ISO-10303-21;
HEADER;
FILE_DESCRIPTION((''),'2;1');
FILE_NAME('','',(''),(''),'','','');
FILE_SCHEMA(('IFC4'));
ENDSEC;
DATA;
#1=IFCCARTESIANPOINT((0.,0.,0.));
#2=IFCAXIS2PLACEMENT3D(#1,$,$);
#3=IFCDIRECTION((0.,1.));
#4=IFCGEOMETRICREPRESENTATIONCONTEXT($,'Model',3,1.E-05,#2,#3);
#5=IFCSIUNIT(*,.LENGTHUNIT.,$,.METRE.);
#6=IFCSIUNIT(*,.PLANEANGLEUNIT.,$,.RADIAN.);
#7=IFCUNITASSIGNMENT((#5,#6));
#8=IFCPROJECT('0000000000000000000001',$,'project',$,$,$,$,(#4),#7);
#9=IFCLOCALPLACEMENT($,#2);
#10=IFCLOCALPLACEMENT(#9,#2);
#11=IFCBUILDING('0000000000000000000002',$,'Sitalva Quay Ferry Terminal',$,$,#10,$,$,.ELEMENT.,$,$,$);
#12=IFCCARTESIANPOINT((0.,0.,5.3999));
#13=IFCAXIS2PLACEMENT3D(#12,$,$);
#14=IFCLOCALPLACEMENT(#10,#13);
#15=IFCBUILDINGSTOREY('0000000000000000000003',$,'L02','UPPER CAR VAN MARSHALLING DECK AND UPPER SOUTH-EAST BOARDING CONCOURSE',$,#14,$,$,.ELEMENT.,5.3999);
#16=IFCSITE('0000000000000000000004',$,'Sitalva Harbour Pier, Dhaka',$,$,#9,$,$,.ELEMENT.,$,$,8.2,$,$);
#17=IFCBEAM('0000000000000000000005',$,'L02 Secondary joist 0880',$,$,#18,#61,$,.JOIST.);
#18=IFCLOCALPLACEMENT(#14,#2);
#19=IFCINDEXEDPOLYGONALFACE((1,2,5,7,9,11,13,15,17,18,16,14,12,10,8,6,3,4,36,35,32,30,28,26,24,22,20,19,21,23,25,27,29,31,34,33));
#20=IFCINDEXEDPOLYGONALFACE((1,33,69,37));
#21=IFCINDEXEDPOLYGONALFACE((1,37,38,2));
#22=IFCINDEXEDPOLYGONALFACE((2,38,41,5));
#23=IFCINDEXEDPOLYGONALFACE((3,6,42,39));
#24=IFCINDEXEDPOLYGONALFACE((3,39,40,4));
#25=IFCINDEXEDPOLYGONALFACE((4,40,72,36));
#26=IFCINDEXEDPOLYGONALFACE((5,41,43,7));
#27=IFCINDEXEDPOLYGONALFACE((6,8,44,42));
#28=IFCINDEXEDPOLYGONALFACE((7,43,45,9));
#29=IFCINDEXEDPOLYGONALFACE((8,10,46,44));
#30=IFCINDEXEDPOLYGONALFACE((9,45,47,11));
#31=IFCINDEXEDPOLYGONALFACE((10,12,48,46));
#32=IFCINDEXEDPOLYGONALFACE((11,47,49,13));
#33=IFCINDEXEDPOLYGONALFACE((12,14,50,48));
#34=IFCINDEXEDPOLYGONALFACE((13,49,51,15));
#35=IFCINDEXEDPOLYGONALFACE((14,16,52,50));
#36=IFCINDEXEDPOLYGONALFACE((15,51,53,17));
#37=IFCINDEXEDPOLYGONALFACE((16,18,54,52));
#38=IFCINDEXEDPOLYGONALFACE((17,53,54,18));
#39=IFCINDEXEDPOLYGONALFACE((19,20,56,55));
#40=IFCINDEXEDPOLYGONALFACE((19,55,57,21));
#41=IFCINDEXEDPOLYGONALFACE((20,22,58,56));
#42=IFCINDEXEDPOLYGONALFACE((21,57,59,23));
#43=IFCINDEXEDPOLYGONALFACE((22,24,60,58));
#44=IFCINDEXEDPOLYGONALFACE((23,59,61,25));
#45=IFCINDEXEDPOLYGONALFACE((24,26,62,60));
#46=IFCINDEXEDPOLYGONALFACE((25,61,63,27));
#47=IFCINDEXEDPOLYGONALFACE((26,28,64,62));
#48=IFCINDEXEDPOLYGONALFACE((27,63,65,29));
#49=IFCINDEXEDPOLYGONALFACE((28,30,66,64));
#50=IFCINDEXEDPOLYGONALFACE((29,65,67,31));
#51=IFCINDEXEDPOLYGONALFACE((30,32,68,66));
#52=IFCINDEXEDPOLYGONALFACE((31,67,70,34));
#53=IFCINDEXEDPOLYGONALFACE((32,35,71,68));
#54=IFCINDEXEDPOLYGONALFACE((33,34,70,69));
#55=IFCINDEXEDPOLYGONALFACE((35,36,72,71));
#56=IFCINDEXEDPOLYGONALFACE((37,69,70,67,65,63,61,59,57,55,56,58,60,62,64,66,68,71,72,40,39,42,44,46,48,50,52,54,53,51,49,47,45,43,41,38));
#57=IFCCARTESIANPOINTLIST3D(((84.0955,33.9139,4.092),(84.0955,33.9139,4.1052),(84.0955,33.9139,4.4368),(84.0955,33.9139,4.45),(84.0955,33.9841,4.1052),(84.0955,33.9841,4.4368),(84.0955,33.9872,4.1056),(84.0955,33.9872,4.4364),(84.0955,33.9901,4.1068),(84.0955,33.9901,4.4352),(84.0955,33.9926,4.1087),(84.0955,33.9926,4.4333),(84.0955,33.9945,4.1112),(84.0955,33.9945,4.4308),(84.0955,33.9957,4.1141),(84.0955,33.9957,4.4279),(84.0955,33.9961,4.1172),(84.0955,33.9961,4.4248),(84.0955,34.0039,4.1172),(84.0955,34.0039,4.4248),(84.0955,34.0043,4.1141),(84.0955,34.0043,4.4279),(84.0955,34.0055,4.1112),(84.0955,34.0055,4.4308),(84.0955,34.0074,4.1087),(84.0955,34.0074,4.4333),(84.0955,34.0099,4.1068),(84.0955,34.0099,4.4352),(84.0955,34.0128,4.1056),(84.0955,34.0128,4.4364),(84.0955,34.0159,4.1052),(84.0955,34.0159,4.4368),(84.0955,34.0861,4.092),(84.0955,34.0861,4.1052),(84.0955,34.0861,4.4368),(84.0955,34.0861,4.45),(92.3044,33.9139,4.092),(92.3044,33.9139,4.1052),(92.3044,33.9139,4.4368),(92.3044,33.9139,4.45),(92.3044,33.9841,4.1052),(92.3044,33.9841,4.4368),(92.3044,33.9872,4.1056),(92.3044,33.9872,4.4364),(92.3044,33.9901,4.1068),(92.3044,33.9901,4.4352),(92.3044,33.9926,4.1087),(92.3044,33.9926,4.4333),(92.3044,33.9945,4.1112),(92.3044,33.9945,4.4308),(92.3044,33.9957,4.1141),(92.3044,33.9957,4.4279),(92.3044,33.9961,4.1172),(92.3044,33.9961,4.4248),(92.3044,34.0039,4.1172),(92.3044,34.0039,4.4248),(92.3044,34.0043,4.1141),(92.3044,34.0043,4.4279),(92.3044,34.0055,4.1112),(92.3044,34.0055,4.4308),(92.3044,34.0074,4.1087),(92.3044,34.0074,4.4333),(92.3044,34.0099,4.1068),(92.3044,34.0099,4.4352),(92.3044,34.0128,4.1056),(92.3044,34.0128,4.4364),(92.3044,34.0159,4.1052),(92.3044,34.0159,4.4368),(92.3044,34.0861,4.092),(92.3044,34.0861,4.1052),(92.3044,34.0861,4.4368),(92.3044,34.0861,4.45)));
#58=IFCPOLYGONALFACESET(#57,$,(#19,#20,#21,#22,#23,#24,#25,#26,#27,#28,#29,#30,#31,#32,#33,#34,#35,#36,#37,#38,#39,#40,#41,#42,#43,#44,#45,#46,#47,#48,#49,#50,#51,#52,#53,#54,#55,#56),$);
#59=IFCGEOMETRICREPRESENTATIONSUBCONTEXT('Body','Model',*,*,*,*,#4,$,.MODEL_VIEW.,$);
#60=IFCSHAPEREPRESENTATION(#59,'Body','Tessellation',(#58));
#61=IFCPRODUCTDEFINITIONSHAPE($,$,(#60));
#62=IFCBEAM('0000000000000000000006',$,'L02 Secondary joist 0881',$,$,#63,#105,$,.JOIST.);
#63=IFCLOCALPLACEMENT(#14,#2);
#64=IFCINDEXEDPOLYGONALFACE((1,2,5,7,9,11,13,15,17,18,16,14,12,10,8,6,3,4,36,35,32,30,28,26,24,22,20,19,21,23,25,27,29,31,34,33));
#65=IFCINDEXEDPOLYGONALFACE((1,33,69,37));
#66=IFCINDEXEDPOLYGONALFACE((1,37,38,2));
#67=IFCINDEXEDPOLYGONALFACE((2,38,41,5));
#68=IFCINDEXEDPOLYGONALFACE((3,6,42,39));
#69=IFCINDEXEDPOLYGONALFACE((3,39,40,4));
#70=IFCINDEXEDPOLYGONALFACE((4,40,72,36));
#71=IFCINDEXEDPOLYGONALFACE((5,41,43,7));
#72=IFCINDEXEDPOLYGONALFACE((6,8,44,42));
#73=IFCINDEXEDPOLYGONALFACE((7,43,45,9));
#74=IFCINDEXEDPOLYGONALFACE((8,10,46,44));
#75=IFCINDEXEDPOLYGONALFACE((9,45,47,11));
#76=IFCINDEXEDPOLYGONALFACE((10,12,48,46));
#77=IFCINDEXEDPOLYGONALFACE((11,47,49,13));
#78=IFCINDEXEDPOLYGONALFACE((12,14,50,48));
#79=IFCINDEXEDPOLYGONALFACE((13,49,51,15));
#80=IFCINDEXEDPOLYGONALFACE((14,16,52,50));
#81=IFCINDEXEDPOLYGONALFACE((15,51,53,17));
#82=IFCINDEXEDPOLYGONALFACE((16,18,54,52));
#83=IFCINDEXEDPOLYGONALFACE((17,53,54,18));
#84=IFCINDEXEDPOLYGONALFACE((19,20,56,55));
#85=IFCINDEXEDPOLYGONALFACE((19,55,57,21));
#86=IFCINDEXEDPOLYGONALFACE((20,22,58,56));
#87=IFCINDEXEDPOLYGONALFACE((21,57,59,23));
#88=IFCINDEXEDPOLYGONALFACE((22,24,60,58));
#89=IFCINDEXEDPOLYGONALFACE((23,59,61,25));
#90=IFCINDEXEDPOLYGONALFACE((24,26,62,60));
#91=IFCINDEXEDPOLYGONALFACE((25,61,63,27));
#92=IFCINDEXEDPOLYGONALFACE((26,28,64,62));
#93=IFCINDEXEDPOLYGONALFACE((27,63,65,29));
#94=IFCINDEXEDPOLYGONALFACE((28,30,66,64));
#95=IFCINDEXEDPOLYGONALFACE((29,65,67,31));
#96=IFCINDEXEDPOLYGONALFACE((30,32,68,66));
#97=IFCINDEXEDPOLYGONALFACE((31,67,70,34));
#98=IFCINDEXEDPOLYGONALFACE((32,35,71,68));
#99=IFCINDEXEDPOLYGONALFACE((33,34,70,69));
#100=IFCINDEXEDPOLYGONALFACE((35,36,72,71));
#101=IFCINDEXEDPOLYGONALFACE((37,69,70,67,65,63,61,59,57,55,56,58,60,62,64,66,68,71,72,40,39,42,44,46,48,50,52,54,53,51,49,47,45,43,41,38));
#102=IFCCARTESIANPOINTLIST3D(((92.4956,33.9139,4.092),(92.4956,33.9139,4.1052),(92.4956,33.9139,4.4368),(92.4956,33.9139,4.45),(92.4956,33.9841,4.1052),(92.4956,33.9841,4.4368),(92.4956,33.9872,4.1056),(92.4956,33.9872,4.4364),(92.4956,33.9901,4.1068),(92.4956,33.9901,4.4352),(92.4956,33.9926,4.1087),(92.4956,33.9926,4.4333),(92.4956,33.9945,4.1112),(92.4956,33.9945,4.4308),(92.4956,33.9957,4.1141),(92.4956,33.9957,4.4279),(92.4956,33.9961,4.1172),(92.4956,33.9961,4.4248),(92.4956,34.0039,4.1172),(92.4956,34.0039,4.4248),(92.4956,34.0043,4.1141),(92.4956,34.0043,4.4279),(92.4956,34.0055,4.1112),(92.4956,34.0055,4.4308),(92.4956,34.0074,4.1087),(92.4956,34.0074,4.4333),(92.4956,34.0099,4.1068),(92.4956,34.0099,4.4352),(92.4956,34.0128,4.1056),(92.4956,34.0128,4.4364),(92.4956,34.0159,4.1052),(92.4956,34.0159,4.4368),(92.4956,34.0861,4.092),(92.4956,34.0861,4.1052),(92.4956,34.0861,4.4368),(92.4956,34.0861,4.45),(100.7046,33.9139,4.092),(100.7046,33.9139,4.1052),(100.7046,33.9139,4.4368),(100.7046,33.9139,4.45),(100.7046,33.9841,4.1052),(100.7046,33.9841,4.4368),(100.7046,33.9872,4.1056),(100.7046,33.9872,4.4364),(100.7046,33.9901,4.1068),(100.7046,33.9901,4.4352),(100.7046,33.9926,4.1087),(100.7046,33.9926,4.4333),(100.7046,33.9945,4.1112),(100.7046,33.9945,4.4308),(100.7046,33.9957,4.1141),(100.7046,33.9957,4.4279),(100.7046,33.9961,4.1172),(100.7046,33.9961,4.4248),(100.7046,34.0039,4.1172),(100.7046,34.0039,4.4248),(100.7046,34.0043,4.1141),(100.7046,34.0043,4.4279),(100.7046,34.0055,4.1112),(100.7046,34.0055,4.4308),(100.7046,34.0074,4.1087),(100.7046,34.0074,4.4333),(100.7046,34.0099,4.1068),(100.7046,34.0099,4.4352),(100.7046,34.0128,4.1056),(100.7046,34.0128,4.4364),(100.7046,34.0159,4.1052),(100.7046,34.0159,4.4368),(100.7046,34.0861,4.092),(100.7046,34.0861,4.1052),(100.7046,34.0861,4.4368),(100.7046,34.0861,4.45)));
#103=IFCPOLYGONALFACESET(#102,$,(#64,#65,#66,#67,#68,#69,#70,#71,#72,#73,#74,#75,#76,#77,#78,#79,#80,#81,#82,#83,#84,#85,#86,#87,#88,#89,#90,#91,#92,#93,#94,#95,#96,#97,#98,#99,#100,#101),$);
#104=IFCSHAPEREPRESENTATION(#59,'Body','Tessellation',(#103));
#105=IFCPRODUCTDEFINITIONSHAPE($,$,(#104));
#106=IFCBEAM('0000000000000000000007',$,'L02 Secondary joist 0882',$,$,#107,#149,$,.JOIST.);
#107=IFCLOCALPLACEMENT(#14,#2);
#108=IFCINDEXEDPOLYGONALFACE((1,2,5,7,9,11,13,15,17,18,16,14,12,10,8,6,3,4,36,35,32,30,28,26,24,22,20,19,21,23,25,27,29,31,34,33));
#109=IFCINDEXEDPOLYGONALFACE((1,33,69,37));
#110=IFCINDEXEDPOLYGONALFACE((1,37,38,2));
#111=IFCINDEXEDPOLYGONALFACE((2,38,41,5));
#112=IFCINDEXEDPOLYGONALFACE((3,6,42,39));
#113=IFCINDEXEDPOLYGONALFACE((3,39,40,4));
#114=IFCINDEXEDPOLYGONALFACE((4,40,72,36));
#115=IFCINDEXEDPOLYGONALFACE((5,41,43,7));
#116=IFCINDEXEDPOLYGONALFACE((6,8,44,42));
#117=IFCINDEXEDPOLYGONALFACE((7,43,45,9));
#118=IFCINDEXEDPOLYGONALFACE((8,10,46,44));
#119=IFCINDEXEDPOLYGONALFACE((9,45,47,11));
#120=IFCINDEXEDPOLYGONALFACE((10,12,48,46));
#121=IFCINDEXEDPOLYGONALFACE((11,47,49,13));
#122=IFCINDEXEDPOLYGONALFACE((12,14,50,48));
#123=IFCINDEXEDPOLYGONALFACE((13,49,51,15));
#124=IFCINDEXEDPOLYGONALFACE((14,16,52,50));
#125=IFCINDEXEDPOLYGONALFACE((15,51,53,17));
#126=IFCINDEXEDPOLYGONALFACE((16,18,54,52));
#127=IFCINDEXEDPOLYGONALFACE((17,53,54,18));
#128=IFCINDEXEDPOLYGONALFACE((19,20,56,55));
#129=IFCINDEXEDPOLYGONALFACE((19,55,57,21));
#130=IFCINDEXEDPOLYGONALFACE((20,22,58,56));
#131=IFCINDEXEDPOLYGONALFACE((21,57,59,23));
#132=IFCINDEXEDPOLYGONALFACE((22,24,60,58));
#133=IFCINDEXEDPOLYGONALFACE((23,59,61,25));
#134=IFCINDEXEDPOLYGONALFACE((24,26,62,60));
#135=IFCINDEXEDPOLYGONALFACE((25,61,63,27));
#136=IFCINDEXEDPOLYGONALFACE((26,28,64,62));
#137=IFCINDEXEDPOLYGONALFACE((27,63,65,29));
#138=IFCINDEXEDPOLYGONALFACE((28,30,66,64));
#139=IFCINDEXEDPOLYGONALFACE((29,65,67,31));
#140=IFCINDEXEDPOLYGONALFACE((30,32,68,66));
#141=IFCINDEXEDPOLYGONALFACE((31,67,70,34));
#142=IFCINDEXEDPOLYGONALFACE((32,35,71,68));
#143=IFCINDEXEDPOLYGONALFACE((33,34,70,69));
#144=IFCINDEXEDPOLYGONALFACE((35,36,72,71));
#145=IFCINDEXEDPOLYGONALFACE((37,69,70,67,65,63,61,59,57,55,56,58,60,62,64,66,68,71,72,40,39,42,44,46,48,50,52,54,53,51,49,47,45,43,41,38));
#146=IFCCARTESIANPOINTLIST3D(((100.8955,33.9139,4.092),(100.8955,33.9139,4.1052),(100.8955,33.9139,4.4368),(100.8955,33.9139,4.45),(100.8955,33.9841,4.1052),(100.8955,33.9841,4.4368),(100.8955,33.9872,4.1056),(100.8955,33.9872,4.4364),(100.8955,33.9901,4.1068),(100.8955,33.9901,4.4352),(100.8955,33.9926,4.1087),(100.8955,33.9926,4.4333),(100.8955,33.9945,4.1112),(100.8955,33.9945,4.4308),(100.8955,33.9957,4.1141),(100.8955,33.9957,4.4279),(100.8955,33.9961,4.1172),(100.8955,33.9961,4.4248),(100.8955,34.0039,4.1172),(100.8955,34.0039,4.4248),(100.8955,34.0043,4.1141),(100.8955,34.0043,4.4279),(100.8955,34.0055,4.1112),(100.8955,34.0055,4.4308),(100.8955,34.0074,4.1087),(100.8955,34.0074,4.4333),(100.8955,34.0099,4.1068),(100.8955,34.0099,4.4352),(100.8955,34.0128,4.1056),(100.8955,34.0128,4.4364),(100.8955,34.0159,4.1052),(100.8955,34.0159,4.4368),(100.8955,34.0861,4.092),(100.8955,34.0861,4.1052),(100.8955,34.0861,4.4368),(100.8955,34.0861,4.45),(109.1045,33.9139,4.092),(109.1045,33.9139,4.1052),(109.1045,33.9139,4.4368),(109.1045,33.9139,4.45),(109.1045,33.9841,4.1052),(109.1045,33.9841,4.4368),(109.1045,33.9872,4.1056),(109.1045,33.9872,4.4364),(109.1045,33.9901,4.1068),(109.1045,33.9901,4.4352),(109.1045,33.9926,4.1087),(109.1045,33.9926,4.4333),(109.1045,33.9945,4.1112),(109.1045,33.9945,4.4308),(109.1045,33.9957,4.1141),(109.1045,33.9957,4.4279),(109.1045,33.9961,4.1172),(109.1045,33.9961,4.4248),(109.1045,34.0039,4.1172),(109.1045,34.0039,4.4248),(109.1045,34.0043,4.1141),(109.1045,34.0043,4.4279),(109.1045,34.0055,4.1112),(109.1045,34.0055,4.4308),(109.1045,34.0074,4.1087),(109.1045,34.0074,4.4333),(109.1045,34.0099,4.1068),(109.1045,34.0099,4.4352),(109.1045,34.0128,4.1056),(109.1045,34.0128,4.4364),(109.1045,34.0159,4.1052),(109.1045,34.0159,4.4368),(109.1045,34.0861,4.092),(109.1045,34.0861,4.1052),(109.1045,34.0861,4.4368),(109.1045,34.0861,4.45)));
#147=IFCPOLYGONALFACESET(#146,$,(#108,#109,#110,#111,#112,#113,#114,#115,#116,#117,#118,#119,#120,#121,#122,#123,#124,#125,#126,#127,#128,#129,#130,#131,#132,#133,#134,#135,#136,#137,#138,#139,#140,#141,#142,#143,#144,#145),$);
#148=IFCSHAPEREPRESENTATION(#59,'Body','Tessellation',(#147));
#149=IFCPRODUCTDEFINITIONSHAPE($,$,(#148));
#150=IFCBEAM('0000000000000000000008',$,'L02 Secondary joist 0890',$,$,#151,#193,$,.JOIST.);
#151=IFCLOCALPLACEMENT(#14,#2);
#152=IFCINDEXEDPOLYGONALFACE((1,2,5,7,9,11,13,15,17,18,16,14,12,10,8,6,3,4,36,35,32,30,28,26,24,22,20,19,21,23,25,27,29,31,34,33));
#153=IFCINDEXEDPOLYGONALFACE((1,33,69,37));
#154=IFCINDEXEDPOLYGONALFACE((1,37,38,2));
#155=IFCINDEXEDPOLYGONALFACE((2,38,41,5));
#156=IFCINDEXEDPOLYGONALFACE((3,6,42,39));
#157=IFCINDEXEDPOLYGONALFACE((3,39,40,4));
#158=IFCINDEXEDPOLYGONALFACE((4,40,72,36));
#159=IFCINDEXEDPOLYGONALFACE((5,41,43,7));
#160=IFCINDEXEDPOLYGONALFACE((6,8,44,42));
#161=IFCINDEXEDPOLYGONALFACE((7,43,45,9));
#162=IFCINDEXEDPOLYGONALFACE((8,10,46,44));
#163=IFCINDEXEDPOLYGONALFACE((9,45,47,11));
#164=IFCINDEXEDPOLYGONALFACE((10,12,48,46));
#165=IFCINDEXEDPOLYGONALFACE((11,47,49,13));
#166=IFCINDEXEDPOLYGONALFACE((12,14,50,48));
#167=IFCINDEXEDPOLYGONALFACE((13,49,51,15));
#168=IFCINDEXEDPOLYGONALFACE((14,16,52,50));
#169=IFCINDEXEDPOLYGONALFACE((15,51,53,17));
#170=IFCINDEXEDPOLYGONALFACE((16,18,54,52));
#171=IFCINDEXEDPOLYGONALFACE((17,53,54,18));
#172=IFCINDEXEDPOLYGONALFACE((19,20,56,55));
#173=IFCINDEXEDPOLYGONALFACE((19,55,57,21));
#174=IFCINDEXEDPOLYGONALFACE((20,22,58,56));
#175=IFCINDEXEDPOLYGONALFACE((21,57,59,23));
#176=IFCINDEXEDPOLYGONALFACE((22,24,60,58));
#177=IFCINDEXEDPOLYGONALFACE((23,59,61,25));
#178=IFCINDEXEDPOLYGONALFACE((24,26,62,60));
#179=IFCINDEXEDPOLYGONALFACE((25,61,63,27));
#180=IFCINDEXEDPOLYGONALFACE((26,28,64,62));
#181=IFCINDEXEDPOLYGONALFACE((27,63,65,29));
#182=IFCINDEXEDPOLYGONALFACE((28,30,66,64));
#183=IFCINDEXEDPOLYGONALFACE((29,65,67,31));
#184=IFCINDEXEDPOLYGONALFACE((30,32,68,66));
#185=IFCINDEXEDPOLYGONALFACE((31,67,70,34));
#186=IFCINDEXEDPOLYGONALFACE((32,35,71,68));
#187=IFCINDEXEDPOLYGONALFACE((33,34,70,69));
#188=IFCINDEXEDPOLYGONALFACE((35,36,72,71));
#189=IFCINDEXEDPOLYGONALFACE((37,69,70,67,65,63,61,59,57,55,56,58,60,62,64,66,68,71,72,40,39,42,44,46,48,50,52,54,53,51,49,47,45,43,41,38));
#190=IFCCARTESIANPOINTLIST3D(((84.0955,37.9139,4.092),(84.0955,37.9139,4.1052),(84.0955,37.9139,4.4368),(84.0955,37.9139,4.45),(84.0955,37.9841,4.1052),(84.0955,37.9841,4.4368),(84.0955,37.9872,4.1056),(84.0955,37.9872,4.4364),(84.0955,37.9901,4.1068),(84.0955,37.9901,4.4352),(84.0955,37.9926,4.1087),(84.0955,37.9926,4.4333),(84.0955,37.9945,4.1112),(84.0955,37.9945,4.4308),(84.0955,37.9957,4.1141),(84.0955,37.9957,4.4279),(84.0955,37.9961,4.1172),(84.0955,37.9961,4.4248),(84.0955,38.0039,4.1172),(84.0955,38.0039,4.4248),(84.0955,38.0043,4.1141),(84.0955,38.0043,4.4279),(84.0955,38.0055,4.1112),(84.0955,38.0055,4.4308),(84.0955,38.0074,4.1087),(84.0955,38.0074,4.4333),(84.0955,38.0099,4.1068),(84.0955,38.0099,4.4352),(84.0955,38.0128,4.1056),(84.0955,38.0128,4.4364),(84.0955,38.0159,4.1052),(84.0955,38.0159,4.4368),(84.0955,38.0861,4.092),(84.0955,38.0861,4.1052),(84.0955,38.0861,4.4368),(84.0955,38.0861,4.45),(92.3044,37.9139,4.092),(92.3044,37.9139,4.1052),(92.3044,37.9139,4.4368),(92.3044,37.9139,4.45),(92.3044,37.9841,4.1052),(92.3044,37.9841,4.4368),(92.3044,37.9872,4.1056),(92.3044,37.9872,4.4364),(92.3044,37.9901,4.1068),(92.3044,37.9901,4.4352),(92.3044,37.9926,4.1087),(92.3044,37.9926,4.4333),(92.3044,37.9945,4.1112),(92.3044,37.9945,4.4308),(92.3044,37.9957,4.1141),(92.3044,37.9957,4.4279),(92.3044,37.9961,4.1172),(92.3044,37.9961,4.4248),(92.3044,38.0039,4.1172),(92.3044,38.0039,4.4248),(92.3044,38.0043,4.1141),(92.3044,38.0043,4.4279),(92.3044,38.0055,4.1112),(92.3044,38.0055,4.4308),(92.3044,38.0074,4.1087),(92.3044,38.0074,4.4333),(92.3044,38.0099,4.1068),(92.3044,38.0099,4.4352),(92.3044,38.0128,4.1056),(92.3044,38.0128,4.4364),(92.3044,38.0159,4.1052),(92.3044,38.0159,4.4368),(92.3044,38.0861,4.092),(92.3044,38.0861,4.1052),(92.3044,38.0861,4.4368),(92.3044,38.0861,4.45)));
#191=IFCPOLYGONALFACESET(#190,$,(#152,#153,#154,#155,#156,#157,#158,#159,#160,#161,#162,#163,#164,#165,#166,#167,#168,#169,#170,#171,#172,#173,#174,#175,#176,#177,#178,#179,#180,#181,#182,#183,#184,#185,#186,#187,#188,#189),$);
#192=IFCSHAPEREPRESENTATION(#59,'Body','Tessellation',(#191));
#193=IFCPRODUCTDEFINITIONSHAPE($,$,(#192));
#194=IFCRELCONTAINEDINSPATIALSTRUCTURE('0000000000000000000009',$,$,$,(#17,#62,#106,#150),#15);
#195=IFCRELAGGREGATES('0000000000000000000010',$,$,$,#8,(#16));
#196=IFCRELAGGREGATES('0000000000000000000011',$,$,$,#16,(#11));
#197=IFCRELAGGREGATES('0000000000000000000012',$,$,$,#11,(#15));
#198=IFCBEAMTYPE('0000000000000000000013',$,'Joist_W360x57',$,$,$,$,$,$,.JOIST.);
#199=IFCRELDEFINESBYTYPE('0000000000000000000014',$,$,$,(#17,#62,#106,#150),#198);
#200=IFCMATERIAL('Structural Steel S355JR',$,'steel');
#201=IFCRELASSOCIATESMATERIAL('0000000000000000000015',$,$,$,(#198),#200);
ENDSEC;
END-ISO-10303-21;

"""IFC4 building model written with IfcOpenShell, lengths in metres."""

from ifc_helpers import new_model, si_unit, direction, frame, origin, origin_2d, place, context, subcontext, project, spatial, i_section, extrude, material, material_profile, profile_set, type_object, element, save


model = new_model("IFC4")

# Units and contexts
model_context = context("Model", 3, precision=1e-05, world=origin(), true_north=direction((0.0, 1.0)))
body_context = subcontext(model_context, "Body", "Model", "MODEL_VIEW")
ifc_project = project(units=[si_unit("LENGTHUNIT", "METRE"), si_unit("PLANEANGLEUNIT", "RADIAN")], contexts=[model_context])

# Site, building, storey
site_placement = place(None, origin())
site = spatial("IfcSite", under=ifc_project, at=site_placement, Name="Sitalva Harbour Pier, Dhaka", CompositionType="ELEMENT", RefElevation=8.2)
building_placement = place(site_placement, origin())
building = spatial("IfcBuilding", under=site, at=building_placement, Name="Sitalva Quay Ferry Terminal", CompositionType="ELEMENT")
storey_placement = place(building_placement, frame((0.0, 0.0, 5.3999)))
storey = spatial("IfcBuildingStorey", under=building, at=storey_placement, Name="L02", Description="UPPER CAR VAN MARSHALLING DECK AND UPPER SOUTH-EAST BOARDING CONCOURSE", CompositionType="ELEMENT", Elevation=5.3999)

# Beams
ifc_material_1 = material(Name="Structural Steel S355JR", Category="steel")
ifc_material_profile_1 = material_profile(ifc_material_1, i_section(OverallWidth=0.1721, OverallDepth=0.3579, WebThickness=0.0078, FlangeThickness=0.0132, FilletRadius=0.012, at=origin_2d()), Name="W360x57")
ifc_profile_set_1 = profile_set([ifc_material_profile_1], Name="Structural Steel S355JR")
beam_type_1 = type_object("IfcBeamType", Name="Joist_W360x57", PredefinedType="JOIST", material=ifc_profile_set_1)
for number, where, z_axis, x_axis, name in (
    (1, (84.0955, 34.0, 4.271), (1.0, 0.0, 0.0), (0.0, 1.0, 0.0), "L02 Secondary joist 0880"),
    (2, (92.4956, 34.0, 4.271), (1.0, 0.0, 0.0), (0.0, 1.0, 0.0), "L02 Secondary joist 0881"),
    (3, (100.8955, 34.0, 4.271), (1.0, 0.0, 0.0), (0.0, 1.0, 0.0), "L02 Secondary joist 0882"),
    (4, (84.0955, 38.0, 4.271), (1.0, 0.0, 0.0), (0.0, 1.0, 0.0), "L02 Secondary joist 0890"),
):
    element("IfcBeam", number, at=place(storey_placement, frame(where, z_axis=z_axis, x_axis=x_axis)), inside=storey, type_object=beam_type_1, Name=name, PredefinedType="JOIST", context=body_context, shape_type="SweptSolid", body=[
        extrude(i_section(OverallWidth=0.1721, OverallDepth=0.3579, WebThickness=0.0078, FlangeThickness=0.0132, FilletRadius=0.012, at=origin_2d()), origin(), (0.0, 0.0, 1.0), 8.209),
    ])

save(model, "model.ifc")
